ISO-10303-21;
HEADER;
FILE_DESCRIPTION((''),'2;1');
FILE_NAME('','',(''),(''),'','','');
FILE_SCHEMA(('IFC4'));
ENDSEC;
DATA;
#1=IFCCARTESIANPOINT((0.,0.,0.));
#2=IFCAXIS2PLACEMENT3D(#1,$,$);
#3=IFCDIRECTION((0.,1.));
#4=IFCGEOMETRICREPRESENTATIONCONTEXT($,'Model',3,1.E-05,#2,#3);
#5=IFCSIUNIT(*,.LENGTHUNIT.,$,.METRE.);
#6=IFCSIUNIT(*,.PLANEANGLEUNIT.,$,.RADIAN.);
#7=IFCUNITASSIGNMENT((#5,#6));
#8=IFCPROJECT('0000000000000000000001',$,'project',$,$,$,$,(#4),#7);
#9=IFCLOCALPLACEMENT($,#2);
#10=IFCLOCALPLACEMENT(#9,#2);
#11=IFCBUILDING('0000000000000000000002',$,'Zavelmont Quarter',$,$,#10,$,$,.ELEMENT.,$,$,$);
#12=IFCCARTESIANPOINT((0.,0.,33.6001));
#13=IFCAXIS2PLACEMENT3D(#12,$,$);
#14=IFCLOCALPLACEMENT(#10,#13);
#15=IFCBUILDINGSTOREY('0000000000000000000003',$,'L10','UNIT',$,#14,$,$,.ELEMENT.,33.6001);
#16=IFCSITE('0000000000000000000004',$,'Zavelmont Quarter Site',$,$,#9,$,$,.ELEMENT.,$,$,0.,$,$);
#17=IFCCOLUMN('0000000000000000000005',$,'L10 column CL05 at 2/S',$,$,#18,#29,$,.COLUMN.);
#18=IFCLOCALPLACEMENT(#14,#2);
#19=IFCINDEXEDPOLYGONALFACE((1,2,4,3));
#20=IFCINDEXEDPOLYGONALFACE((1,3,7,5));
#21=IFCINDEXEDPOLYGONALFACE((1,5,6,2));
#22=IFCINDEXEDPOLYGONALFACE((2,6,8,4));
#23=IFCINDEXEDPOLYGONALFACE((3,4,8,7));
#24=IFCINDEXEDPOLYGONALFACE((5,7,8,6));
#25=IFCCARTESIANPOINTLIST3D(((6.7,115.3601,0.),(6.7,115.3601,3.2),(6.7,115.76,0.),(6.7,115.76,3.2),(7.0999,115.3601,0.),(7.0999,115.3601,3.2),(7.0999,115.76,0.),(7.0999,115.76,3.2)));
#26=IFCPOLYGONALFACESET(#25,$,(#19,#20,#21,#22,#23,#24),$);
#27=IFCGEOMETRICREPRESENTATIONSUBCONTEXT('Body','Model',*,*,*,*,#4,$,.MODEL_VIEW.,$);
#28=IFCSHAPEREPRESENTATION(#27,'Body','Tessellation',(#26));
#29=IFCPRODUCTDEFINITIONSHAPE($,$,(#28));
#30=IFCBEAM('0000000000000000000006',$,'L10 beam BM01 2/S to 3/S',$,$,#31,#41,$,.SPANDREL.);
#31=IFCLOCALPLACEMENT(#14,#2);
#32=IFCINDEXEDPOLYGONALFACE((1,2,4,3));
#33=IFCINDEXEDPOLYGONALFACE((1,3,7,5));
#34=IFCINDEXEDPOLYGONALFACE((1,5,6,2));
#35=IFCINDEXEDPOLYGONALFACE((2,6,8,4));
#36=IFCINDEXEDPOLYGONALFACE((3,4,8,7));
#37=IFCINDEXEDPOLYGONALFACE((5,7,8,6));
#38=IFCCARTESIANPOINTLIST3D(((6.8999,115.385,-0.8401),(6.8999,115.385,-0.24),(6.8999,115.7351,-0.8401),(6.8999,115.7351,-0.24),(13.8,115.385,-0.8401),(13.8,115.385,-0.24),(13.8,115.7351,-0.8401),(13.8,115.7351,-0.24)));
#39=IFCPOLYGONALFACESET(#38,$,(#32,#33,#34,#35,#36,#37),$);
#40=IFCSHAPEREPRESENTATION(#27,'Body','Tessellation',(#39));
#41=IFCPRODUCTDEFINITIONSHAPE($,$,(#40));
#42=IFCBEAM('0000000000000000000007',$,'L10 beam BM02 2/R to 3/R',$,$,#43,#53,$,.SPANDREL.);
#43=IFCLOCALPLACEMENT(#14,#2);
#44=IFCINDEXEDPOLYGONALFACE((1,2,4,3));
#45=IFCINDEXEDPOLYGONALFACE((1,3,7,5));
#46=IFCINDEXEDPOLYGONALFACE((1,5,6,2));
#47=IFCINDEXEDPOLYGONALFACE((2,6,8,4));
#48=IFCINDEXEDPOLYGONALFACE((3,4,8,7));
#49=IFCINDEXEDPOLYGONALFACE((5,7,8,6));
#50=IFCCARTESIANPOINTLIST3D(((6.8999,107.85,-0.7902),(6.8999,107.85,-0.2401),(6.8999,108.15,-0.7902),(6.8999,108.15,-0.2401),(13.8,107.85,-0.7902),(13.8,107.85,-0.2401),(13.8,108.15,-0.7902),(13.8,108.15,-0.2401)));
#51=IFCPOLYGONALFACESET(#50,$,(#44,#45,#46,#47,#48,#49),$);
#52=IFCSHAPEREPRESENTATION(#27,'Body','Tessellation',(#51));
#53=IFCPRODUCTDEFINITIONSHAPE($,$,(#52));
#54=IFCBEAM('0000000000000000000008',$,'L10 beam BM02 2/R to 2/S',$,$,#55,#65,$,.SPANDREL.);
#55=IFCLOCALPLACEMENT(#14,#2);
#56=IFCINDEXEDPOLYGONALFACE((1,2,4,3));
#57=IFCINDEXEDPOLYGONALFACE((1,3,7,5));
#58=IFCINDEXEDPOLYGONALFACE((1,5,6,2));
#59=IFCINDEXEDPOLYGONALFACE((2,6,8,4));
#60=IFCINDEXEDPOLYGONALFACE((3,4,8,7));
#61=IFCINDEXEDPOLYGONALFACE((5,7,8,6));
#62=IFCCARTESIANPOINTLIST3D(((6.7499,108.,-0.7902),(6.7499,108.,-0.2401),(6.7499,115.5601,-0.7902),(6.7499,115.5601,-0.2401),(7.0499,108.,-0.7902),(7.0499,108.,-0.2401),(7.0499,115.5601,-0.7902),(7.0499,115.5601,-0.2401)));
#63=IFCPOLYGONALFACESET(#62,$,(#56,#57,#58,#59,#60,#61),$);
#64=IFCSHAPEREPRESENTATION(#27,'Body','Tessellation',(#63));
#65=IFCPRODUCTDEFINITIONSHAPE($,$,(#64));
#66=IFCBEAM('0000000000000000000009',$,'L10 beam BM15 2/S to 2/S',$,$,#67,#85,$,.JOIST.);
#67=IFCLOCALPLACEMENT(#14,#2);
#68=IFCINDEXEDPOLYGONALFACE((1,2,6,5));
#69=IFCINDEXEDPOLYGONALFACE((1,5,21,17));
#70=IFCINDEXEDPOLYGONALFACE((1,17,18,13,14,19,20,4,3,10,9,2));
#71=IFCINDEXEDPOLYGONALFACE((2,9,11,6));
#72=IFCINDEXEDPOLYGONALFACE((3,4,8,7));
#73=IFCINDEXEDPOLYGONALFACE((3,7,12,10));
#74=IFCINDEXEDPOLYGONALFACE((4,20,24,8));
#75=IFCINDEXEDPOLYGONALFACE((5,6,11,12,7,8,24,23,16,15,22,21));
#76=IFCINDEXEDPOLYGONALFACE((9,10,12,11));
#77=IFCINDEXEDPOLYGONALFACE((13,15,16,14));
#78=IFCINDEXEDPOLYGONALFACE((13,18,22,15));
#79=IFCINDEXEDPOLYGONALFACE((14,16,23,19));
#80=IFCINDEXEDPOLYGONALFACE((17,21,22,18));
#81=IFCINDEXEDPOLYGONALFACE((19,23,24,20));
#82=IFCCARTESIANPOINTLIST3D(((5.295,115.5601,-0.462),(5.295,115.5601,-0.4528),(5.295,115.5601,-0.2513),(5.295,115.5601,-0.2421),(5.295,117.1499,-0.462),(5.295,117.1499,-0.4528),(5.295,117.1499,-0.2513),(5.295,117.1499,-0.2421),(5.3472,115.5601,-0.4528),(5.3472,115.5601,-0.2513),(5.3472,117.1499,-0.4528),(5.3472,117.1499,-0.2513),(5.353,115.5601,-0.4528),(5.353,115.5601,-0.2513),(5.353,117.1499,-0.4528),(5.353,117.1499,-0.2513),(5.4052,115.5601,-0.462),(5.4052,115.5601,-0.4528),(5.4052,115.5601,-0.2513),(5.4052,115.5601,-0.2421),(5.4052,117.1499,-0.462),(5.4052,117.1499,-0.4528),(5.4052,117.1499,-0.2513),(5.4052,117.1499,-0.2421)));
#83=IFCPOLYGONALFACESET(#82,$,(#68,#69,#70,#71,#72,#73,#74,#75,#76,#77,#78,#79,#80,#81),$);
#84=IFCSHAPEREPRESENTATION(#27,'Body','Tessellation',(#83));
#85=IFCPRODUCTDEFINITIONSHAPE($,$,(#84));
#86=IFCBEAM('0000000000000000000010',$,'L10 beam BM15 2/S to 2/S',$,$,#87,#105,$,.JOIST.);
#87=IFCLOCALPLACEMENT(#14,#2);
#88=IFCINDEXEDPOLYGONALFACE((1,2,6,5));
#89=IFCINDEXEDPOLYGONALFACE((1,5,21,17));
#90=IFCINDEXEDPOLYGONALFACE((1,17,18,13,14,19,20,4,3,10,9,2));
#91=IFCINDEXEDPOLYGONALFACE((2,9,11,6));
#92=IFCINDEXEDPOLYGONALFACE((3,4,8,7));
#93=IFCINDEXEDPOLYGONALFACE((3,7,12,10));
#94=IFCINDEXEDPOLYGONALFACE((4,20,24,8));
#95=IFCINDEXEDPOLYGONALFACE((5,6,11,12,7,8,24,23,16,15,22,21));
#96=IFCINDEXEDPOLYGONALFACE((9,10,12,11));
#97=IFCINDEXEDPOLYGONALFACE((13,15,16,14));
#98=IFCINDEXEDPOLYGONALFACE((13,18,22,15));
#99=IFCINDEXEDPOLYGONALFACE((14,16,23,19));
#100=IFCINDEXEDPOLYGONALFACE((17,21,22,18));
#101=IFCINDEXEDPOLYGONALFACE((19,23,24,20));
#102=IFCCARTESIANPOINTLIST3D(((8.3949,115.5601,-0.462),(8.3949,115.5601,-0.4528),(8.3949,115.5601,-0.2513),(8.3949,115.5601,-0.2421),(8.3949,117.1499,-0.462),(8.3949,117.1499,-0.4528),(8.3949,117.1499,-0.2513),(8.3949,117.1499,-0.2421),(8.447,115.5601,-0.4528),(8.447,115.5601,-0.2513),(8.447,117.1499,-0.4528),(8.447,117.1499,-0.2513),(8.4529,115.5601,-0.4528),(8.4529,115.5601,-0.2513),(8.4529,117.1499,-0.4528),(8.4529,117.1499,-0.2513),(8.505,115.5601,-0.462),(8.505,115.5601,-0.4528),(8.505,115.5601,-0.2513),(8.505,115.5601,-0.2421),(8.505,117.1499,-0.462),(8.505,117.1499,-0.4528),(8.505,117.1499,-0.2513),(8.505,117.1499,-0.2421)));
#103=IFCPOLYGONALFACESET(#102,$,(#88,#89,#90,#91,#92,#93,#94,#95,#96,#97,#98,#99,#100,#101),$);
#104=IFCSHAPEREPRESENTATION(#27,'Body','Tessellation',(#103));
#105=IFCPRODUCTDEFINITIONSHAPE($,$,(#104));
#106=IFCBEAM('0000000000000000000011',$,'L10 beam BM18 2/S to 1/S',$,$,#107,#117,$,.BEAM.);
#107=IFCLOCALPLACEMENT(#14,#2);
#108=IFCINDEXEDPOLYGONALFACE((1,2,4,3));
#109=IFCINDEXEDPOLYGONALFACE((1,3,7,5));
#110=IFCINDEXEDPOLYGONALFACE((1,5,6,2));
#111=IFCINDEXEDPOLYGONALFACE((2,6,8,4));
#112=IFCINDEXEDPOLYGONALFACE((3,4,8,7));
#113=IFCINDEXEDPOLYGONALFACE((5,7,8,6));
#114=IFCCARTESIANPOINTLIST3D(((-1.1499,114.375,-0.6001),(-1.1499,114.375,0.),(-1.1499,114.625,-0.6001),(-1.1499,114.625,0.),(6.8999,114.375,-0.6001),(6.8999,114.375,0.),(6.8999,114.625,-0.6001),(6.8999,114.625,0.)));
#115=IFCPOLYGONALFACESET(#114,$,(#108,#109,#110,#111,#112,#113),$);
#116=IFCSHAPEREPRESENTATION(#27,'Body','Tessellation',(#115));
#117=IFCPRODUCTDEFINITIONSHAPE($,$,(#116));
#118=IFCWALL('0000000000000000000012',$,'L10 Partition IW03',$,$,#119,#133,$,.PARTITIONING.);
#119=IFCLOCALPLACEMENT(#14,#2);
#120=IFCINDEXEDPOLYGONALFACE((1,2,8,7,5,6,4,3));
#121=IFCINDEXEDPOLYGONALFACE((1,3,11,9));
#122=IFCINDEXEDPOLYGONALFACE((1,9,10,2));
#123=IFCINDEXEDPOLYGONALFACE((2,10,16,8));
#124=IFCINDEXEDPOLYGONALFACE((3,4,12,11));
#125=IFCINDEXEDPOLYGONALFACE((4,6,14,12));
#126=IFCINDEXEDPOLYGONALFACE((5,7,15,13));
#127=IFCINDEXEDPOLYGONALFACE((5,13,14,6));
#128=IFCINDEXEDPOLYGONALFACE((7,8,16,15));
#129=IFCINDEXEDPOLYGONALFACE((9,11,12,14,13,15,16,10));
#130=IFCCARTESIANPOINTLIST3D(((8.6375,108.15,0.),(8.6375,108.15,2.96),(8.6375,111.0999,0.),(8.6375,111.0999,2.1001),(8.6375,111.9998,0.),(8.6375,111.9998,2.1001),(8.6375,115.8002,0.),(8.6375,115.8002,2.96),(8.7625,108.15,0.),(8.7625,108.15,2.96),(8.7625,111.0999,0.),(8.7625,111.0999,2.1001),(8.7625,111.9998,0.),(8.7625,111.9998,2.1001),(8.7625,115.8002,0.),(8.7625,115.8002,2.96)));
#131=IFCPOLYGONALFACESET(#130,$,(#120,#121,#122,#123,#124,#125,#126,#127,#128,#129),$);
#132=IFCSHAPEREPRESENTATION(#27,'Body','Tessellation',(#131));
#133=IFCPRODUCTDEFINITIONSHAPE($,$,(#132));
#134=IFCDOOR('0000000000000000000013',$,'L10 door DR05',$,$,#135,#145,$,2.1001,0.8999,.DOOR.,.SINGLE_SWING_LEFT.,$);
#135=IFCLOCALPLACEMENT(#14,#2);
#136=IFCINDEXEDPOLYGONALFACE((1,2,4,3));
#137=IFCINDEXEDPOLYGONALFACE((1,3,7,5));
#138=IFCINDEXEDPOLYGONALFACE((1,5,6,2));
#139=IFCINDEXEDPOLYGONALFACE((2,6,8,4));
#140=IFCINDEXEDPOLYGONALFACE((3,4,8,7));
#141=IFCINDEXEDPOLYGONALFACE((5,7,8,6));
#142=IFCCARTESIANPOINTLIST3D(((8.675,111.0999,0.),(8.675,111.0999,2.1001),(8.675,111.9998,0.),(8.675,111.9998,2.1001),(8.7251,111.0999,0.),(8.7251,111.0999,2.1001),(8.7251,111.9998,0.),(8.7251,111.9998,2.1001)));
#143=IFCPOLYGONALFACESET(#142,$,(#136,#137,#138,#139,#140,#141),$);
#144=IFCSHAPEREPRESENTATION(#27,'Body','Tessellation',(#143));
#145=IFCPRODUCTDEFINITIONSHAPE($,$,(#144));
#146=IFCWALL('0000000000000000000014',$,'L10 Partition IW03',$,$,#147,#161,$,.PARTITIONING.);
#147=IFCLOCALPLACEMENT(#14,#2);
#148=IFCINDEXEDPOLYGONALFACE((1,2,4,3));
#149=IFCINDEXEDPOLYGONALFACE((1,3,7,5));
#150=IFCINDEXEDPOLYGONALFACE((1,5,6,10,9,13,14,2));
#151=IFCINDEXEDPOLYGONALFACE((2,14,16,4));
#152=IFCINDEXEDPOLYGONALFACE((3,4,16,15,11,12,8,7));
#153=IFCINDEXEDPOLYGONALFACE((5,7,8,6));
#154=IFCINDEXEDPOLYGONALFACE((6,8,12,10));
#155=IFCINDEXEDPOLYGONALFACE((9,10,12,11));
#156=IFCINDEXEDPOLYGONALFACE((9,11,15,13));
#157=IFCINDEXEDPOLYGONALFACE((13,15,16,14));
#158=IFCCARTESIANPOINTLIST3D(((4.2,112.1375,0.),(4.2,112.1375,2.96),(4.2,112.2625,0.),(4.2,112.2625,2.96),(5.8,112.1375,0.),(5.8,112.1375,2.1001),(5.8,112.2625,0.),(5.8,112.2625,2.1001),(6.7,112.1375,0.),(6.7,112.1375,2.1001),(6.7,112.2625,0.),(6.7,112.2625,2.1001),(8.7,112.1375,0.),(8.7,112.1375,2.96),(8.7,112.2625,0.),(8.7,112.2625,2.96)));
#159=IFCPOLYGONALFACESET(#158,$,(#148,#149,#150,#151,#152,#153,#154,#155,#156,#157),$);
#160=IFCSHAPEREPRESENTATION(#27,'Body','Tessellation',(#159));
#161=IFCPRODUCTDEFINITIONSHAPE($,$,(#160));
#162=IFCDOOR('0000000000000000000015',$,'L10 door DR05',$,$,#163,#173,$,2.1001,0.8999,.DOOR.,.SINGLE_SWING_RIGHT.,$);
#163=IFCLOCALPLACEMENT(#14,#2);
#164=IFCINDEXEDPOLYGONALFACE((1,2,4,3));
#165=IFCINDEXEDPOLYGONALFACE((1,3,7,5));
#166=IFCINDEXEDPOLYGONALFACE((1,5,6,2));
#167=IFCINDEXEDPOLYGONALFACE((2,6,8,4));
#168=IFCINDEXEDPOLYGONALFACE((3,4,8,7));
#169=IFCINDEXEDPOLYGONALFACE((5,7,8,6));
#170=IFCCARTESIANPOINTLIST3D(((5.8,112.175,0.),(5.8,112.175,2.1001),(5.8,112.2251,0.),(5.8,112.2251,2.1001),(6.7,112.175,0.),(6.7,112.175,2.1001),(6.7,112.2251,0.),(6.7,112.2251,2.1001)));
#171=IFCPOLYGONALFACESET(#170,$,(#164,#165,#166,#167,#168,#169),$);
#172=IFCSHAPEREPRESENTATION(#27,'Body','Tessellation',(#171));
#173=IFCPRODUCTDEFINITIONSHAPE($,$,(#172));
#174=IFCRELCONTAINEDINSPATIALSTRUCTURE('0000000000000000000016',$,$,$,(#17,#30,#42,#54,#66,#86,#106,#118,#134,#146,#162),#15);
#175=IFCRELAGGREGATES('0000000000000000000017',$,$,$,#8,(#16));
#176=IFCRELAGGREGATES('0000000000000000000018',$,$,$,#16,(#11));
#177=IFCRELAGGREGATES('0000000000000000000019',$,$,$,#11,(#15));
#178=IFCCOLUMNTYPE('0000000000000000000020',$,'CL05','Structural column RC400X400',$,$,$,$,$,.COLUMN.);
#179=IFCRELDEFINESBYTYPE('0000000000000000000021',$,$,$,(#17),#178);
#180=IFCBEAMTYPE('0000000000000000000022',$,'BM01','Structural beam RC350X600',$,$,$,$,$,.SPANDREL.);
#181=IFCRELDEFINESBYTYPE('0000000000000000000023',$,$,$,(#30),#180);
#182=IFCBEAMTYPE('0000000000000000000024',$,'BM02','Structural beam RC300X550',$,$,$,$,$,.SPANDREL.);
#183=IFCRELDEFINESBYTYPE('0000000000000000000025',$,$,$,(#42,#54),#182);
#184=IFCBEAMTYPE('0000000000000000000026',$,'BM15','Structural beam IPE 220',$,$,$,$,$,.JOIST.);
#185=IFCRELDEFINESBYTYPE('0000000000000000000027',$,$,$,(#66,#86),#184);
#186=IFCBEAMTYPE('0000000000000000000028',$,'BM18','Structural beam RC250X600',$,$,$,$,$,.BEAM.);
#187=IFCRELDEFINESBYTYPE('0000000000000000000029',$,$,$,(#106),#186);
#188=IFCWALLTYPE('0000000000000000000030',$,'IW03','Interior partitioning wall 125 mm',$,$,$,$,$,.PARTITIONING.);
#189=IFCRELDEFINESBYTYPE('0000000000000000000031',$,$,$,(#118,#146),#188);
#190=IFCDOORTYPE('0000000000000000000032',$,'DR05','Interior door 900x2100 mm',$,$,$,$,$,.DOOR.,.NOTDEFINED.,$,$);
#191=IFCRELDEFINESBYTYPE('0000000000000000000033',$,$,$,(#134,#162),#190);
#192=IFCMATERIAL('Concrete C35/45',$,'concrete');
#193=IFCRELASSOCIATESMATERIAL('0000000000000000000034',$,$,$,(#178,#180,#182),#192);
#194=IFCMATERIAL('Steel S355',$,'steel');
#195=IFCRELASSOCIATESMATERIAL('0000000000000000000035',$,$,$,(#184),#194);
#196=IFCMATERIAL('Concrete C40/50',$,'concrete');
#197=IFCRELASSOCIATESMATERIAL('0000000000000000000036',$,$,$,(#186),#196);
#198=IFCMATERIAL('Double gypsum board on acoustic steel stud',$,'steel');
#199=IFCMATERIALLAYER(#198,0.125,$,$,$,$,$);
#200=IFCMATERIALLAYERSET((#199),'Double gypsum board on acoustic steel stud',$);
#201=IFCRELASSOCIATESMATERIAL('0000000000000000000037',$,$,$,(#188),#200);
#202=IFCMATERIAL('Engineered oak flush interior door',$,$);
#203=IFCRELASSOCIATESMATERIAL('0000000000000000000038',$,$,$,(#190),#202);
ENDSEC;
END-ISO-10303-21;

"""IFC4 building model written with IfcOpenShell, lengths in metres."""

from ifc_helpers import new_model, si_unit, direction, frame, frame_2d, origin, origin_with_axes, origin_2d, place, context, subcontext, project, spatial, rectangle, i_section, extrude, material, layer, layer_set, material_profile, profile_set, type_object, element, fill, save


model = new_model("IFC4")

# Units and contexts
model_context = context("Model", 3, precision=1e-05, world=origin(), true_north=direction((0.0, 1.0)))
body_context = subcontext(model_context, "Body", "Model", "MODEL_VIEW")
ifc_project = project(units=[si_unit("LENGTHUNIT", "METRE"), si_unit("PLANEANGLEUNIT", "RADIAN")], contexts=[model_context])

# Site, building, storey
site_placement = place(None, origin())
site = spatial("IfcSite", under=ifc_project, at=site_placement, Name="Zavelmont Quarter Site", CompositionType="ELEMENT", RefElevation=0.0)
building_placement = place(site_placement, origin())
building = spatial("IfcBuilding", under=site, at=building_placement, Name="Zavelmont Quarter", CompositionType="ELEMENT")
storey_placement = place(building_placement, frame((0.0, 0.0, 33.6001)))
storey = spatial("IfcBuildingStorey", under=building, at=storey_placement, Name="L10", Description="UNIT", CompositionType="ELEMENT", Elevation=33.6001)

# Column
ifc_material_1 = material(Name="Concrete C35/45", Category="concrete")
ifc_material_profile_1 = material_profile(ifc_material_1, rectangle(XDim=0.3999, YDim=0.3999, at=origin_2d()), Name="RC400X400")
ifc_profile_set_1 = profile_set([ifc_material_profile_1], Name="Concrete C35/45")
column_type = type_object("IfcColumnType", Name="CL05", Description="Structural column RC400X400", PredefinedType="COLUMN", material=ifc_profile_set_1)
column_placement = place(storey_placement, frame((6.8999, 115.5601, 0.0), z_axis=(0.0, 0.0, 1.0), x_axis=(1.0, 0.0, 0.0)))
element("IfcColumn", 1, at=column_placement, inside=storey, type_object=column_type, Name="L10 column CL05 at 2/S", PredefinedType="COLUMN", context=body_context, shape_type="SweptSolid", body=[
    extrude(rectangle(XDim=0.3999, YDim=0.3999, at=origin_2d()), origin(), (0.0, 0.0, 1.0), 3.2),
])

# Beams
ifc_material_profile_2 = material_profile(ifc_material_1, rectangle(XDim=0.3501, YDim=0.6001, at=origin_2d()), Name="RC350X600")
ifc_profile_set_2 = profile_set([ifc_material_profile_2], Name="Concrete C35/45")
beam_type_1 = type_object("IfcBeamType", Name="BM01", Description="Structural beam RC350X600", PredefinedType="SPANDREL", material=ifc_profile_set_2)
beam_1_placement = place(storey_placement, frame((6.8999, 115.5601, -0.54), z_axis=(1.0, 0.0, 0.0), x_axis=(0.0, 1.0, 0.0)))
element("IfcBeam", 2, at=beam_1_placement, inside=storey, type_object=beam_type_1, Name="L10 beam BM01 2/S to 3/S", PredefinedType="SPANDREL", context=body_context, shape_type="SweptSolid", body=[
    extrude(rectangle(XDim=0.3501, YDim=0.6001, at=origin_2d()), origin(), (0.0, 0.0, 1.0), 6.9001),
])
ifc_material_profile_3 = material_profile(ifc_material_1, rectangle(XDim=0.3, YDim=0.55, at=origin_2d()), Name="RC300X550")
ifc_profile_set_3 = profile_set([ifc_material_profile_3], Name="Concrete C35/45")
beam_type_2 = type_object("IfcBeamType", Name="BM02", Description="Structural beam RC300X550", PredefinedType="SPANDREL", material=ifc_profile_set_3)
beam_2_placement = place(storey_placement, frame((6.8999, 108.0, -0.5151), z_axis=(1.0, 0.0, 0.0), x_axis=(0.0, 1.0, 0.0)))
element("IfcBeam", 3, at=beam_2_placement, inside=storey, type_object=beam_type_2, Name="L10 beam BM02 2/R to 3/R", PredefinedType="SPANDREL", context=body_context, shape_type="SweptSolid", body=[
    extrude(rectangle(XDim=0.3, YDim=0.55, at=origin_2d()), origin(), (0.0, 0.0, 1.0), 6.9001),
])
beam_3_placement = place(storey_placement, frame((6.8999, 108.0, -0.5151), z_axis=(0.0, 1.0, 0.0), x_axis=(-1.0, 0.0, 0.0)))
element("IfcBeam", 4, at=beam_3_placement, inside=storey, type_object=beam_type_2, Name="L10 beam BM02 2/R to 2/S", PredefinedType="SPANDREL", context=body_context, shape_type="SweptSolid", body=[
    extrude(rectangle(XDim=0.3, YDim=0.55, at=origin_2d()), origin(), (0.0, 0.0, 1.0), 7.5601),
])
ifc_material_2 = material(Name="Steel S355", Category="steel")
ifc_material_profile_4 = material_profile(ifc_material_2, i_section(OverallWidth=0.1101, OverallDepth=0.22, WebThickness=0.0059, FlangeThickness=0.0093, at=origin_2d()), Name="IPE 220")
ifc_profile_set_4 = profile_set([ifc_material_profile_4], Name="Steel S355")
beam_type_3 = type_object("IfcBeamType", Name="BM15", Description="Structural beam IPE 220", PredefinedType="JOIST", material=ifc_profile_set_4)
for number, where, z_axis, x_axis, name in (
    (5, (5.3501, 115.5601, -0.3521), (0.0, 1.0, 0.0), (-1.0, 0.0, 0.0), "L10 beam BM15 2/S to 2/S"),
    (6, (8.45, 115.5601, -0.3521), (0.0, 1.0, 0.0), (-1.0, 0.0, 0.0), "L10 beam BM15 2/S to 2/S"),
):
    element("IfcBeam", number, at=place(storey_placement, frame(where, z_axis=z_axis, x_axis=x_axis)), inside=storey, type_object=beam_type_3, Name=name, PredefinedType="JOIST", context=body_context, shape_type="SweptSolid", body=[
        extrude(i_section(OverallWidth=0.1101, OverallDepth=0.22, WebThickness=0.0059, FlangeThickness=0.0093, at=origin_2d()), origin(), (0.0, 0.0, 1.0), 1.5898),
    ])
ifc_material_3 = material(Name="Concrete C40/50", Category="concrete")
ifc_material_profile_5 = material_profile(ifc_material_3, rectangle(XDim=0.25, YDim=0.6001, at=origin_2d()), Name="RC250X600")
ifc_profile_set_5 = profile_set([ifc_material_profile_5], Name="Concrete C40/50")
beam_type_4 = type_object("IfcBeamType", Name="BM18", Description="Structural beam RC250X600", PredefinedType="BEAM", material=ifc_profile_set_5)
beam_4_placement = place(storey_placement, frame((6.8999, 114.5, -0.3), z_axis=(-1.0, 0.0, 0.0), x_axis=(0.0, -1.0, 0.0)))
element("IfcBeam", 7, at=beam_4_placement, inside=storey, type_object=beam_type_4, Name="L10 beam BM18 2/S to 1/S", PredefinedType="BEAM", context=body_context, shape_type="SweptSolid", body=[
    extrude(rectangle(XDim=0.25, YDim=0.6001, at=origin_2d()), origin(), (0.0, 0.0, 1.0), 8.0498),
])

# Walls, openings, doors
ifc_material_4 = material(Name="Double gypsum board on acoustic steel stud", Category="steel")
ifc_layer_1 = layer(ifc_material_4, 0.125)
ifc_layer_set_1 = layer_set([ifc_layer_1], Name="Double gypsum board on acoustic steel stud")
wall_type_1 = type_object("IfcWallType", Name="IW03", Description="Interior partitioning wall 125 mm", PredefinedType="PARTITIONING", material=ifc_layer_set_1)
wall_1_placement = place(storey_placement, frame((8.7, 108.1499, 0.0), z_axis=(0.0, 0.0, 1.0), x_axis=(0.0, 1.0, 0.0)))
wall_1 = element("IfcWall", 8, at=wall_1_placement, inside=storey, type_object=wall_type_1, Name="L10 Partition IW03", PredefinedType="PARTITIONING", context=body_context, shape_type="SweptSolid", body=[
    extrude(rectangle(XDim=7.6501, YDim=0.125, at=frame_2d((3.8252, 0.0))), origin(), (0.0, 0.0, 1.0), 2.96),
])
opening_1_placement = place(wall_1_placement, frame((2.95, 0.0, 0.0)))
opening_1 = element("IfcOpeningElement", 9, at=opening_1_placement, cuts=wall_1, PredefinedType="OPENING", context=body_context, shape_type="SweptSolid", body=[
    extrude(rectangle(XDim=0.8999, YDim=2.1001, at=frame_2d((0.45, 1.05))), frame((0.0, 0.0745, 0.0), z_axis=(0.0, -1.0, 0.0), x_axis=(1.0, 0.0, 0.0)), (0.0, 0.0, 1.0), 0.1489),
])
ifc_material_5 = material(Name="Engineered oak flush interior door")
door_type = type_object("IfcDoorType", Name="DR05", Description="Interior door 900x2100 mm", OperationType="NOTDEFINED", PredefinedType="DOOR", material=ifc_material_5)
door_1_placement = place(opening_1_placement, origin_with_axes())
door_1 = element("IfcDoor", 10, at=door_1_placement, inside=storey, type_object=door_type, Name="L10 door DR05", OperationType="SINGLE_SWING_LEFT", OverallHeight=2.1001, OverallWidth=0.8999, PredefinedType="DOOR", context=body_context, shape_type="SweptSolid", body=[
    extrude(rectangle(XDim=0.8999, YDim=2.1001, at=frame_2d((0.45, 1.05))), frame((0.0, 0.0249, 0.0), z_axis=(0.0, -1.0, 0.0), x_axis=(1.0, 0.0, 0.0)), (0.0, 0.0, 1.0), 0.05),
])
fill(opening_1, door_1)
wall_2_placement = place(storey_placement, frame((4.2, 112.2, 0.0), z_axis=(0.0, 0.0, 1.0), x_axis=(1.0, 0.0, 0.0)))
wall_2 = element("IfcWall", 11, at=wall_2_placement, inside=storey, type_object=wall_type_1, Name="L10 Partition IW03", PredefinedType="PARTITIONING", context=body_context, shape_type="SweptSolid", body=[
    extrude(rectangle(XDim=4.5, YDim=0.125, at=frame_2d((2.25, 0.0))), origin(), (0.0, 0.0, 1.0), 2.96),
])
opening_2_placement = place(wall_2_placement, frame((1.6001, 0.0, 0.0)))
opening_2 = element("IfcOpeningElement", 12, at=opening_2_placement, cuts=wall_2, PredefinedType="OPENING", context=body_context, shape_type="SweptSolid", body=[
    extrude(rectangle(XDim=0.8999, YDim=2.1001, at=frame_2d((0.45, 1.05))), frame((0.0, 0.0745, 0.0), z_axis=(0.0, -1.0, 0.0), x_axis=(1.0, 0.0, 0.0)), (0.0, 0.0, 1.0), 0.1489),
])
door_2_placement = place(opening_2_placement, frame((0.8999, 0.0, 0.0), z_axis=(0.0, 0.0, 1.0), x_axis=(-1.0, 0.0, 0.0)))
door_2 = element("IfcDoor", 13, at=door_2_placement, inside=storey, type_object=door_type, Name="L10 door DR05", OperationType="SINGLE_SWING_RIGHT", OverallHeight=2.1001, OverallWidth=0.8999, PredefinedType="DOOR", context=body_context, shape_type="SweptSolid", body=[
    extrude(rectangle(XDim=0.8999, YDim=2.1001, at=frame_2d((0.45, 1.05))), frame((0.0, 0.0249, 0.0), z_axis=(0.0, -1.0, 0.0), x_axis=(1.0, 0.0, 0.0)), (0.0, 0.0, 1.0), 0.05),
])
fill(opening_2, door_2)

save(model, "model.ifc")
